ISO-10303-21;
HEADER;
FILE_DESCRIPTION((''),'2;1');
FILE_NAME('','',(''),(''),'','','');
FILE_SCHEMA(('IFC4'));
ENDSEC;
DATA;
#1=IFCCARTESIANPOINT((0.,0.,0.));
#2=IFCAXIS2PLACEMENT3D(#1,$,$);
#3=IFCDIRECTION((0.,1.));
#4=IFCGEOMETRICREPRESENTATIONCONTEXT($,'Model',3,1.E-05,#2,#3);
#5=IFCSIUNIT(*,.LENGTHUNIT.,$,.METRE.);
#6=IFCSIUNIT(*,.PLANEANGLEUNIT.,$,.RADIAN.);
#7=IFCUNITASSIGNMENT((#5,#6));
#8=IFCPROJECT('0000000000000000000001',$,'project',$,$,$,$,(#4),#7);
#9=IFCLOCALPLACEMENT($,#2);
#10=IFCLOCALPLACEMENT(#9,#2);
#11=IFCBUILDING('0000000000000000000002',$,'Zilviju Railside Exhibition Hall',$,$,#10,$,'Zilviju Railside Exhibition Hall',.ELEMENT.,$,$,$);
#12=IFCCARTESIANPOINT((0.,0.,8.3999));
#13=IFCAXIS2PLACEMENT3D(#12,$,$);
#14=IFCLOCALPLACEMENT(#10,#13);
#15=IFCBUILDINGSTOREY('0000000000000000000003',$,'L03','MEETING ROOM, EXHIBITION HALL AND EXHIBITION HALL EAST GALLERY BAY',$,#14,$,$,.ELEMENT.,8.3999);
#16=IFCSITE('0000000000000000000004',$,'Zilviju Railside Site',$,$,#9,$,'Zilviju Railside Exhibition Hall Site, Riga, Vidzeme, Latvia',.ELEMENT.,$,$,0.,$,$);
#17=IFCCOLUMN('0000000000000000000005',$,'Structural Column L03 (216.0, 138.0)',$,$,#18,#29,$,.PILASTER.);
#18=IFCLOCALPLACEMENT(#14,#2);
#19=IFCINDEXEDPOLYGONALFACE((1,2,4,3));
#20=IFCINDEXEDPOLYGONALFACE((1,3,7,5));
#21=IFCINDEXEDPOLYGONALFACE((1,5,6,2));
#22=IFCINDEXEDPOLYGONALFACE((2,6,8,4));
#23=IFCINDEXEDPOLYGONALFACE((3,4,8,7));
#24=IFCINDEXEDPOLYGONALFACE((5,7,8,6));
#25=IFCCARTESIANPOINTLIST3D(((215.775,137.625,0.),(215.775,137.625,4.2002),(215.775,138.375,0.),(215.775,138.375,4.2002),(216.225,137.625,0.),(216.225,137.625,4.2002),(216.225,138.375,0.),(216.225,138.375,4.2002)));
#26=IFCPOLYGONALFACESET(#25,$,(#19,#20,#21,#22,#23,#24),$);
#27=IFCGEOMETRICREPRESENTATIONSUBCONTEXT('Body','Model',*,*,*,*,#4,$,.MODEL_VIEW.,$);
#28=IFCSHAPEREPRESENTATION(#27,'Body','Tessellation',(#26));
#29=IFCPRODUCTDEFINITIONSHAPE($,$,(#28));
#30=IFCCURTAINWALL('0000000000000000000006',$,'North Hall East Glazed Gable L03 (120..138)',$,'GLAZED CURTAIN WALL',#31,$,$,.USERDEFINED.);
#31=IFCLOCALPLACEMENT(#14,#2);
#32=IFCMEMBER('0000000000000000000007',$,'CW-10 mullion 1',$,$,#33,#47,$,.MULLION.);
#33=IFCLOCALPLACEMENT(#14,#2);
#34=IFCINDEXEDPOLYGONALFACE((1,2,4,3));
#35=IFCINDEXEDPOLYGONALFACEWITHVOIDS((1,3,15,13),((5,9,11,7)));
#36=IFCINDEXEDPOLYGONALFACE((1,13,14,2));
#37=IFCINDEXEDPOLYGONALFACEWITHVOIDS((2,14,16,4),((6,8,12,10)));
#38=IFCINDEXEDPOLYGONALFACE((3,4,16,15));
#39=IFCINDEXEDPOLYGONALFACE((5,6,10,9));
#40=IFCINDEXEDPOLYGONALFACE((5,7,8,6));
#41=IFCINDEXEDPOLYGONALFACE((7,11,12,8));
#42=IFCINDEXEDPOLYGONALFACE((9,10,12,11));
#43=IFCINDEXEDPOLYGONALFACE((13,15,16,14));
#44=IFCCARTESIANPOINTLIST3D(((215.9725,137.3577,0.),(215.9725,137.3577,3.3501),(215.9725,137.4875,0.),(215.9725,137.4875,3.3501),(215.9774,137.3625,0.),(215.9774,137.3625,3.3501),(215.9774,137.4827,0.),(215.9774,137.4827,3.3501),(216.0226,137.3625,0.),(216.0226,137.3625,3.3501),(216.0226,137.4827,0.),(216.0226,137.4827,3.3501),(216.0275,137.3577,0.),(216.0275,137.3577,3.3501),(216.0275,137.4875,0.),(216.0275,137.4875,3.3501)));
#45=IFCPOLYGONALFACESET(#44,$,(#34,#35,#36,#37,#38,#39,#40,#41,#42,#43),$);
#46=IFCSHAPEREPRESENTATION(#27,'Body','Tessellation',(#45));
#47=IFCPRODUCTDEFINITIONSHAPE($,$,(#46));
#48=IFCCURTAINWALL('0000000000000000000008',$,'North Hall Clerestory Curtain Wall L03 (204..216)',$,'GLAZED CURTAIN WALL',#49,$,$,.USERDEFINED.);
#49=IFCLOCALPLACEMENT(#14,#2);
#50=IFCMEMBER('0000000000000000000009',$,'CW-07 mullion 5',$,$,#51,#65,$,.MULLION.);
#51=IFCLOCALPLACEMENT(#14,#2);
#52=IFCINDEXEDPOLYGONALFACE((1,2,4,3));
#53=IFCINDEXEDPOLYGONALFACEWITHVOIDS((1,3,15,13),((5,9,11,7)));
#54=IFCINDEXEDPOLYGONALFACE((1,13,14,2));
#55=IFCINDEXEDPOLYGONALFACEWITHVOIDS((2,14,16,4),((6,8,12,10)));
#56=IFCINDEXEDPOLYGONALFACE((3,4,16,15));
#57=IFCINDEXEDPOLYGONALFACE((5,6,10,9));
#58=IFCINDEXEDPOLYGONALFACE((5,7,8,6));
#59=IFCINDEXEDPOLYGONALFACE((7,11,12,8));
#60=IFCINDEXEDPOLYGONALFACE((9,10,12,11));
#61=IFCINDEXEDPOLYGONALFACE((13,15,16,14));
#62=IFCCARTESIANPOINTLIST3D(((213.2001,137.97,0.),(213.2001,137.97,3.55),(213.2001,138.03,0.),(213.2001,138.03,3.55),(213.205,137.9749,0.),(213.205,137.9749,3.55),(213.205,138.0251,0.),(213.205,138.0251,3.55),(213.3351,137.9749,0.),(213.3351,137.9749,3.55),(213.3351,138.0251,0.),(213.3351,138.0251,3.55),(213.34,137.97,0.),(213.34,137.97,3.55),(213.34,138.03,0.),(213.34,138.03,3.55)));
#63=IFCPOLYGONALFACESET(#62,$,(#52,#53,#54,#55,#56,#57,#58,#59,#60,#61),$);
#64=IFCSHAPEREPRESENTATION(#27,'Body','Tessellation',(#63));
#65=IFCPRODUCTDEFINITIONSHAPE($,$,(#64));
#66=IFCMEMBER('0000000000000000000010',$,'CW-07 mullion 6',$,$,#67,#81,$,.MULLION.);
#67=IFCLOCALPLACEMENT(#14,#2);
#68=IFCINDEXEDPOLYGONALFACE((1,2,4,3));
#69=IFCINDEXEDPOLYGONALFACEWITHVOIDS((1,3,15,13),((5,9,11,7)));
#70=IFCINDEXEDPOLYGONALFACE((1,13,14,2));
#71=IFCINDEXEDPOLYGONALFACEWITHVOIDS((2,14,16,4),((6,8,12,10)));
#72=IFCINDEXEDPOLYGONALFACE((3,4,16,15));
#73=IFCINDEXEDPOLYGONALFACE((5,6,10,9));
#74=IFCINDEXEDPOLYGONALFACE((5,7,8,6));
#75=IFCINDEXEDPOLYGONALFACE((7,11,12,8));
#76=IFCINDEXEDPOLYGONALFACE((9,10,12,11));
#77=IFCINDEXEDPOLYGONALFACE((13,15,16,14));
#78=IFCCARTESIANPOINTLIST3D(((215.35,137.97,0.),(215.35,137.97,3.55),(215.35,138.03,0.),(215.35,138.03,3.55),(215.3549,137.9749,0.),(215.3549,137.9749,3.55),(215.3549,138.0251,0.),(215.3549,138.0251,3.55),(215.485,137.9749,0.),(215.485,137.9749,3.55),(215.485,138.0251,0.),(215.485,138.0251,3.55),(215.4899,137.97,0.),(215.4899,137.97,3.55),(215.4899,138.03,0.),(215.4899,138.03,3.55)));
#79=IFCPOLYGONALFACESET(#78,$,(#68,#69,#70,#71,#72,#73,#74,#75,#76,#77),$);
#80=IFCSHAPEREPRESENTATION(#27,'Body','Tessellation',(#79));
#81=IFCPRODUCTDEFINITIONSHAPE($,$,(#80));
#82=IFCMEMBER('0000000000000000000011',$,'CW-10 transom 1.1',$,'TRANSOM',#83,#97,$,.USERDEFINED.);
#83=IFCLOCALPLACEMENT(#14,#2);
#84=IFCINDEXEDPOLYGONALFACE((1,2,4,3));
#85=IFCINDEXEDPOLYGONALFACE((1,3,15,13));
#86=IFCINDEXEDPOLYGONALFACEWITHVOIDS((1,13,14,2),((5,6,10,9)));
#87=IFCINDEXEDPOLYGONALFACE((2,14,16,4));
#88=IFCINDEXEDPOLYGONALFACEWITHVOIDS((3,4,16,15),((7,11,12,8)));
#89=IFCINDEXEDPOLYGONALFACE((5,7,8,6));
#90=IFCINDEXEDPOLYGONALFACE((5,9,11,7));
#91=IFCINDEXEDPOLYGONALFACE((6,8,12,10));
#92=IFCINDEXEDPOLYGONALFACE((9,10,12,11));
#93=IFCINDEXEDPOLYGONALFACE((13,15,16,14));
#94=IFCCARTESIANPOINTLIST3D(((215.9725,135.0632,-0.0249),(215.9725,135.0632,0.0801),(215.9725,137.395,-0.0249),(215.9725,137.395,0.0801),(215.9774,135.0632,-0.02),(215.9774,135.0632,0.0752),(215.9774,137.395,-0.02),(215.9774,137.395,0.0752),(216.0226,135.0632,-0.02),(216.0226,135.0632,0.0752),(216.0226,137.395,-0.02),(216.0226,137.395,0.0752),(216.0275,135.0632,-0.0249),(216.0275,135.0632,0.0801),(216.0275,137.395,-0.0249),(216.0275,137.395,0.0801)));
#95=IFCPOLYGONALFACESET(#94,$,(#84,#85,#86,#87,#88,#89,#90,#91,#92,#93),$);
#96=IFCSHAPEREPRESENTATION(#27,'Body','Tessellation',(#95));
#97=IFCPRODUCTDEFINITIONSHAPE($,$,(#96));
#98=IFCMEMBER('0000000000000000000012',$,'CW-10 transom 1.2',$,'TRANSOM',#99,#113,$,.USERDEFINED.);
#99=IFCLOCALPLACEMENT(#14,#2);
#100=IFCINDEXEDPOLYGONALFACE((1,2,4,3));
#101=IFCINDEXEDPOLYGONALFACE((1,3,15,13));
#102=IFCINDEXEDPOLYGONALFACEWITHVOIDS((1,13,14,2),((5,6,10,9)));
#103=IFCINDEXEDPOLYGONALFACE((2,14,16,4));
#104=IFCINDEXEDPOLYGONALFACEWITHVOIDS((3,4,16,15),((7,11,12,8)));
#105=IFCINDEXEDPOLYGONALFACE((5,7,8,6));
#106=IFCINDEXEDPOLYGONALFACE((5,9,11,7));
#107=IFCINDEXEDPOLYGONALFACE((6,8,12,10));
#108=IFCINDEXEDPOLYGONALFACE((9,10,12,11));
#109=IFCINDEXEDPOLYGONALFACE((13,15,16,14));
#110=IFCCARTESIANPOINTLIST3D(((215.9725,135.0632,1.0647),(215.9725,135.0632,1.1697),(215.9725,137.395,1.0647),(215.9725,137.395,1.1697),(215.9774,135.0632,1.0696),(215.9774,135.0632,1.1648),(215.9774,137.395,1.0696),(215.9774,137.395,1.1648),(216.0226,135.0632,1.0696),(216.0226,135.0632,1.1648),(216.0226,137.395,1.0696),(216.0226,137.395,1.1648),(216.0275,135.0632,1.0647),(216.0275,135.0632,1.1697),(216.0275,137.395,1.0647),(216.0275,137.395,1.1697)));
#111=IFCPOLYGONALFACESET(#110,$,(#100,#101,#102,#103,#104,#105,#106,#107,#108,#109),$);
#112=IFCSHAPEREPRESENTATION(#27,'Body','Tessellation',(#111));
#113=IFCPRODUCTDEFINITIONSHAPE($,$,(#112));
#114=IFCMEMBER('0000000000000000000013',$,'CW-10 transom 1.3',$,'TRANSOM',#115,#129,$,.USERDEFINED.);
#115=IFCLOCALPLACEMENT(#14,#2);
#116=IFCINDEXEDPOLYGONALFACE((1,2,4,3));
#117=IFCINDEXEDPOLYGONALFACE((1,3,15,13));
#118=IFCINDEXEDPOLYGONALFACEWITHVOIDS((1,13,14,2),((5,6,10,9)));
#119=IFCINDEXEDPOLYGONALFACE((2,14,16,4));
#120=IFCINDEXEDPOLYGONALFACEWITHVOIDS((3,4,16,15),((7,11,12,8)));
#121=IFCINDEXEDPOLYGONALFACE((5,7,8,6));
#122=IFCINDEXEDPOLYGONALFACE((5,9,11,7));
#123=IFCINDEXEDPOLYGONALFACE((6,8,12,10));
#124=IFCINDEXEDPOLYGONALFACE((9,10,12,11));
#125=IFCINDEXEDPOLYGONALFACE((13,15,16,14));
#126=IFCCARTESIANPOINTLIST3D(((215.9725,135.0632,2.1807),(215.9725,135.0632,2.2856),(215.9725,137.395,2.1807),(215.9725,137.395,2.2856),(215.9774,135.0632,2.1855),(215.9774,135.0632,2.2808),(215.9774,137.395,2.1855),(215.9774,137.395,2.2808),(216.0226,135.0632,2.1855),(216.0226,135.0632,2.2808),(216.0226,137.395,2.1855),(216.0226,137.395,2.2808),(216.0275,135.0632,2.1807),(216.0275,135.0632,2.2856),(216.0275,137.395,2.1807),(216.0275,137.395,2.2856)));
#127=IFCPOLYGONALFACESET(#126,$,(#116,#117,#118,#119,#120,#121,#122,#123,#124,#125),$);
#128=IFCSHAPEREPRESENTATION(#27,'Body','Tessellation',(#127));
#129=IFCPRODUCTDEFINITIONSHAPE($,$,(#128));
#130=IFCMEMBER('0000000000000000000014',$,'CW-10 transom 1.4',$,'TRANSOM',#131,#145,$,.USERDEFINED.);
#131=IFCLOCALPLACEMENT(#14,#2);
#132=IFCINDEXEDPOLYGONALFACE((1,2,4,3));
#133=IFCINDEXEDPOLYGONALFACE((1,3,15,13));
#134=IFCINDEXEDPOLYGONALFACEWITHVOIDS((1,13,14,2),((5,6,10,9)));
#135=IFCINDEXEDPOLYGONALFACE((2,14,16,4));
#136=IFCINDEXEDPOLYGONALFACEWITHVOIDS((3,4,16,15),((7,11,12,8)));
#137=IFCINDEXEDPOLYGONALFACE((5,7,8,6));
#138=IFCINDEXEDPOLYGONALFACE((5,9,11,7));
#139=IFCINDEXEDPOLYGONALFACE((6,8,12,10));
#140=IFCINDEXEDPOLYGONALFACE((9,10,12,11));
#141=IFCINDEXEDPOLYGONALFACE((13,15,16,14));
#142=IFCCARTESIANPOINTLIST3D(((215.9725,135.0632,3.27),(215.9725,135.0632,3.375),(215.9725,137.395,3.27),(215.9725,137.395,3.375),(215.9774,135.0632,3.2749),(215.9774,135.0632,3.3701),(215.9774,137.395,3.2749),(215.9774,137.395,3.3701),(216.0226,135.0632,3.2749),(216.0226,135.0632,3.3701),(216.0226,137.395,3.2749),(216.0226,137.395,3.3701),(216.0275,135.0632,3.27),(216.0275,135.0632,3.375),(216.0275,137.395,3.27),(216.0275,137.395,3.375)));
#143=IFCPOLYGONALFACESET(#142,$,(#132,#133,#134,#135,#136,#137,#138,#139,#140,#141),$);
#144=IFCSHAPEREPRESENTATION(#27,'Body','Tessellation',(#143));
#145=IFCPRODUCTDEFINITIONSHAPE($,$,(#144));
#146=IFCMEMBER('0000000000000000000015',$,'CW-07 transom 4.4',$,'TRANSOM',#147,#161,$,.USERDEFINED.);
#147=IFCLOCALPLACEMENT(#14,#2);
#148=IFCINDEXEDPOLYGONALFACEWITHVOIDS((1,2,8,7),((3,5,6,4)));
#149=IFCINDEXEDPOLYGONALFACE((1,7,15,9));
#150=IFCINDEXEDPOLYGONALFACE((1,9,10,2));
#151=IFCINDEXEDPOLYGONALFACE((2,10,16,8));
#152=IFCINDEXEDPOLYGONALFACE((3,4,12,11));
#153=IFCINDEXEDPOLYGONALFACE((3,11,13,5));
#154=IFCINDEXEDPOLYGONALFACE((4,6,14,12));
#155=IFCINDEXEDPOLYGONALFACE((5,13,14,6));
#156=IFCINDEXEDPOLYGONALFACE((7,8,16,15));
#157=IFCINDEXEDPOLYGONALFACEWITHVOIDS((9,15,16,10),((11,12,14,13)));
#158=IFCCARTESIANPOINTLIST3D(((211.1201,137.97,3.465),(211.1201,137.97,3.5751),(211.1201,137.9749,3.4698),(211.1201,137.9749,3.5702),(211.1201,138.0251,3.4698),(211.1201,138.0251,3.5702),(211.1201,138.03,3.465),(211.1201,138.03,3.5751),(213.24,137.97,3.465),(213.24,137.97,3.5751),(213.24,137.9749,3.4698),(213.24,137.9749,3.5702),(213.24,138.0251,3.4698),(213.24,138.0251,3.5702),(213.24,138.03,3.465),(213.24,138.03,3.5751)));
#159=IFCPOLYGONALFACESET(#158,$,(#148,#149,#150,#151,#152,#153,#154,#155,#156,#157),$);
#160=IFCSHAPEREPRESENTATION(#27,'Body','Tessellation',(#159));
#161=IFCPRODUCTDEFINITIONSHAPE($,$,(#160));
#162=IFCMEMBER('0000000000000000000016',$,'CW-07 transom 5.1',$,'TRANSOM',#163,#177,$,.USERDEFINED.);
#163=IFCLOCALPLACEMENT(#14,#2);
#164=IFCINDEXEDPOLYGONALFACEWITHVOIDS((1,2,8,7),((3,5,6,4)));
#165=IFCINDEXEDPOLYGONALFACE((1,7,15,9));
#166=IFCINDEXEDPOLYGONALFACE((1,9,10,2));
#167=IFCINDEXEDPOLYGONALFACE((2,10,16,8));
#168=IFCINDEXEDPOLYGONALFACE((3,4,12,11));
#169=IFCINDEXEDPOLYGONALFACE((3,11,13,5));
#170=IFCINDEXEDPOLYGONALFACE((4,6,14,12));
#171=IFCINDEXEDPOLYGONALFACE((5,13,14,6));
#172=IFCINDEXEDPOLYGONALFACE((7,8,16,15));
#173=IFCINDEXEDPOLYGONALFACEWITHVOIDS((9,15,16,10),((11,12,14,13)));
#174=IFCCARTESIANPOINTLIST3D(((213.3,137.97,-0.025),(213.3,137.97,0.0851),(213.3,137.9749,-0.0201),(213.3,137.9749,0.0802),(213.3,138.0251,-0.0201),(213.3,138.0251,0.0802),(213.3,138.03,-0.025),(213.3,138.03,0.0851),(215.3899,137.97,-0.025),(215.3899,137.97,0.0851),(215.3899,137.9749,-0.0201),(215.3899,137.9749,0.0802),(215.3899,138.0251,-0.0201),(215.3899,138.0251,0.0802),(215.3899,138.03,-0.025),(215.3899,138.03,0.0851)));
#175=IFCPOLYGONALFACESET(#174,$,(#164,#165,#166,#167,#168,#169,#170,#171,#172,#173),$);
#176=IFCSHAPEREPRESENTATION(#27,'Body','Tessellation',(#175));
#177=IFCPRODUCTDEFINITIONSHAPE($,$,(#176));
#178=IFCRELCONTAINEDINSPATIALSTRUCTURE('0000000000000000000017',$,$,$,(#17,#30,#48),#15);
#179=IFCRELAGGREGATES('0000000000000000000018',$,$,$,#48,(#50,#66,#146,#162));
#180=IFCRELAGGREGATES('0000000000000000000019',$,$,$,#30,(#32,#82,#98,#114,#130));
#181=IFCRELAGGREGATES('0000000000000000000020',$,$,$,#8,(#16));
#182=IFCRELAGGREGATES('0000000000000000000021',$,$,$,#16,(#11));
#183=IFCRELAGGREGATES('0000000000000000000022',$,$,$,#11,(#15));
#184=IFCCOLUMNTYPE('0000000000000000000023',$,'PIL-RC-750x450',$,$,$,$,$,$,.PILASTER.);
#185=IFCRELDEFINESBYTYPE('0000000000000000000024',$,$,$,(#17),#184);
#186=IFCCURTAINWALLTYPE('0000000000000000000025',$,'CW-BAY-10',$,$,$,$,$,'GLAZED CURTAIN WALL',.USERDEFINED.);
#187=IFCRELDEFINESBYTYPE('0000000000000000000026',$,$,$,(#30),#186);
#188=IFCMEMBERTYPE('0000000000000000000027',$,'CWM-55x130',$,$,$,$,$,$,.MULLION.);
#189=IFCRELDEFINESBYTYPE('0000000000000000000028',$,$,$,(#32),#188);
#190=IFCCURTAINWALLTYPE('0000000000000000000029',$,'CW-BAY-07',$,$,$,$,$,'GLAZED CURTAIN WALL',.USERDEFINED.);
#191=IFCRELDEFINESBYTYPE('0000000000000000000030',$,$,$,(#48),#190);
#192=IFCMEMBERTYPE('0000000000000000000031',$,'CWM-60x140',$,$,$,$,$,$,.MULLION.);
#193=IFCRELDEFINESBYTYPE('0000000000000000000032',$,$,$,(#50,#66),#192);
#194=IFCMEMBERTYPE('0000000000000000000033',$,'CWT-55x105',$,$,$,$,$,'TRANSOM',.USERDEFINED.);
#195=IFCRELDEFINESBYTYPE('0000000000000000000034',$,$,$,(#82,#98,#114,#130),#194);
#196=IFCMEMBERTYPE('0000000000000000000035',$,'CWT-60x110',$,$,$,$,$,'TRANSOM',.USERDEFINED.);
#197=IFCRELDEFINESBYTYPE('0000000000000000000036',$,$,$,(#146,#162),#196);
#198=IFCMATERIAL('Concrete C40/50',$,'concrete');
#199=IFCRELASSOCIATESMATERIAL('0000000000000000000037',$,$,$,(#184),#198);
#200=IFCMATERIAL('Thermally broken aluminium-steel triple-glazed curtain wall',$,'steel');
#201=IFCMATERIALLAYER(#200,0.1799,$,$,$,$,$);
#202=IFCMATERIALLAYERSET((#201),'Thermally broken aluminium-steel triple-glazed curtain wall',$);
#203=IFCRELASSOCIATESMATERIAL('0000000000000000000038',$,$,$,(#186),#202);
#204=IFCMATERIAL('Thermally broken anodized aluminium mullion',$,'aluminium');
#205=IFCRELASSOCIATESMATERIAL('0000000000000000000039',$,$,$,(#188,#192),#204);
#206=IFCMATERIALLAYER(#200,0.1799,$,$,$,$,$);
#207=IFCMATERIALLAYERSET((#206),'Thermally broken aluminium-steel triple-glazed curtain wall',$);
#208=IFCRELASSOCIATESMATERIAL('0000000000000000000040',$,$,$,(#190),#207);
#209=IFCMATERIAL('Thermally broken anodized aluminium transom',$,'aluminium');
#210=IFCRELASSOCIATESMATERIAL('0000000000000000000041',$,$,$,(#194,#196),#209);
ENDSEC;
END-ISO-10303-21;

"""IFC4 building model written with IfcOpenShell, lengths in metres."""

from ifc_helpers import new_model, si_unit, direction, frame, origin, origin_2d, place, context, subcontext, project, spatial, rectangle, hollow_rectangle, extrude, material, layer, layer_set, material_profile, profile_set, type_object, element, aggregate, save


model = new_model("IFC4")

# Units and contexts
model_context = context("Model", 3, precision=1e-05, world=origin(), true_north=direction((0.0, 1.0)))
body_context = subcontext(model_context, "Body", "Model", "MODEL_VIEW")
ifc_project = project(units=[si_unit("LENGTHUNIT", "METRE"), si_unit("PLANEANGLEUNIT", "RADIAN")], contexts=[model_context])

# Site, building, storey
site_placement = place(None, origin())
site = spatial("IfcSite", under=ifc_project, at=site_placement, Name="Zilviju Railside Site", LongName="Zilviju Railside Exhibition Hall Site, Riga, Vidzeme, Latvia", CompositionType="ELEMENT", RefElevation=0.0)
building_placement = place(site_placement, origin())
building = spatial("IfcBuilding", under=site, at=building_placement, Name="Zilviju Railside Exhibition Hall", LongName="Zilviju Railside Exhibition Hall", CompositionType="ELEMENT")
storey_placement = place(building_placement, frame((0.0, 0.0, 8.3999)))
storey = spatial("IfcBuildingStorey", under=building, at=storey_placement, Name="L03", Description="MEETING ROOM, EXHIBITION HALL AND EXHIBITION HALL EAST GALLERY BAY", CompositionType="ELEMENT", Elevation=8.3999)

# Column
ifc_material_1 = material(Name="Concrete C40/50", Category="concrete")
ifc_material_profile_1 = material_profile(ifc_material_1, rectangle(XDim=0.45, YDim=0.75, at=origin_2d()), Name="RC COL 450x750")
ifc_profile_set_1 = profile_set([ifc_material_profile_1], Name="Concrete C40/50")
column_type = type_object("IfcColumnType", Name="PIL-RC-750x450", PredefinedType="PILASTER", material=ifc_profile_set_1)
column_placement = place(storey_placement, frame((216.0, 138.0, 0.0), z_axis=(0.0, 0.0, 1.0), x_axis=(1.0, 0.0, 0.0)))
element("IfcColumn", 1, at=column_placement, inside=storey, type_object=column_type, Name="Structural Column L03 (216.0, 138.0)", PredefinedType="PILASTER", context=body_context, shape_type="SweptSolid", body=[
    extrude(rectangle(XDim=0.45, YDim=0.75, at=origin_2d()), origin(), (0.0, 0.0, 1.0), 4.2002),
])

# Curtain wall, member
ifc_material_2 = material(Name="Thermally broken aluminium-steel triple-glazed curtain wall", Category="steel")
ifc_layer_1 = layer(ifc_material_2, 0.1799)
ifc_layer_set_1 = layer_set([ifc_layer_1], Name="Thermally broken aluminium-steel triple-glazed curtain wall")
curtain_wall_type_1 = type_object("IfcCurtainWallType", Name="CW-BAY-10", ElementType="GLAZED CURTAIN WALL", PredefinedType="USERDEFINED", material=ifc_layer_set_1)
curtain_wall_1_placement = place(storey_placement, origin())
curtain_wall_1 = element("IfcCurtainWall", 2, at=curtain_wall_1_placement, inside=storey, type_object=curtain_wall_type_1, Name="North Hall East Glazed Gable L03 (120..138)", ObjectType="GLAZED CURTAIN WALL", PredefinedType="USERDEFINED")
ifc_material_3 = material(Name="Thermally broken anodized aluminium mullion", Category="aluminium")
ifc_material_profile_2 = material_profile(ifc_material_3, hollow_rectangle(XDim=0.0549, YDim=0.1299, WallThickness=0.0049, at=origin_2d()), Name="MULLION 130x55x5")
ifc_profile_set_2 = profile_set([ifc_material_profile_2], Name="Thermally broken anodized aluminium mullion")
member_type_1 = type_object("IfcMemberType", Name="CWM-55x130", PredefinedType="MULLION", material=ifc_profile_set_2)
member_1_placement = place(storey_placement, frame((216.0, 137.4226, 0.0), z_axis=(0.0, 0.0, 1.0), x_axis=(1.0, 0.0, 0.0)))
member_1 = element("IfcMember", 3, at=member_1_placement, type_object=member_type_1, Name="CW-10 mullion 1", PredefinedType="MULLION", context=body_context, shape_type="SweptSolid", body=[
    extrude(hollow_rectangle(XDim=0.0549, YDim=0.1299, WallThickness=0.0049, at=origin_2d()), origin(), (0.0, 0.0, 1.0), 3.3501),
])

# Curtain wall, members
ifc_layer_2 = layer(ifc_material_2, 0.1799)
ifc_layer_set_2 = layer_set([ifc_layer_2], Name="Thermally broken aluminium-steel triple-glazed curtain wall")
curtain_wall_type_2 = type_object("IfcCurtainWallType", Name="CW-BAY-07", ElementType="GLAZED CURTAIN WALL", PredefinedType="USERDEFINED", material=ifc_layer_set_2)
curtain_wall_2_placement = place(storey_placement, origin())
curtain_wall_2 = element("IfcCurtainWall", 4, at=curtain_wall_2_placement, inside=storey, type_object=curtain_wall_type_2, Name="North Hall Clerestory Curtain Wall L03 (204..216)", ObjectType="GLAZED CURTAIN WALL", PredefinedType="USERDEFINED")
ifc_material_profile_3 = material_profile(ifc_material_3, hollow_rectangle(XDim=0.0601, YDim=0.1399, WallThickness=0.0049, at=origin_2d()), Name="MULLION 140x60x5")
ifc_profile_set_3 = profile_set([ifc_material_profile_3], Name="Thermally broken anodized aluminium mullion")
member_type_2 = type_object("IfcMemberType", Name="CWM-60x140", PredefinedType="MULLION", material=ifc_profile_set_3)
member_2_placement = place(storey_placement, frame((213.27, 138.0, 0.0), z_axis=(0.0, 0.0, 1.0), x_axis=(0.0, 1.0, 0.0)))
member_2 = element("IfcMember", 5, at=member_2_placement, type_object=member_type_2, Name="CW-07 mullion 5", PredefinedType="MULLION", context=body_context, shape_type="SweptSolid", body=[
    extrude(hollow_rectangle(XDim=0.0601, YDim=0.1399, WallThickness=0.0049, at=origin_2d()), origin(), (0.0, 0.0, 1.0), 3.55),
])
member_3_placement = place(storey_placement, frame((215.4199, 138.0, 0.0), z_axis=(0.0, 0.0, 1.0), x_axis=(0.0, 1.0, 0.0)))
member_3 = element("IfcMember", 6, at=member_3_placement, type_object=member_type_2, Name="CW-07 mullion 6", PredefinedType="MULLION", context=body_context, shape_type="SweptSolid", body=[
    extrude(hollow_rectangle(XDim=0.0601, YDim=0.1399, WallThickness=0.0049, at=origin_2d()), origin(), (0.0, 0.0, 1.0), 3.55),
])

# Members
ifc_material_4 = material(Name="Thermally broken anodized aluminium transom", Category="aluminium")
ifc_material_profile_4 = material_profile(ifc_material_4, hollow_rectangle(XDim=0.0549, YDim=0.105, WallThickness=0.0049, at=origin_2d()), Name="TRANSOM 105x55x5")
ifc_profile_set_4 = profile_set([ifc_material_profile_4], Name="Thermally broken anodized aluminium transom")
member_type_3 = type_object("IfcMemberType", Name="CWT-55x105", ElementType="TRANSOM", PredefinedType="USERDEFINED", material=ifc_profile_set_4)
member_4_placement = place(storey_placement, frame((216.0, 137.395, 0.0276), z_axis=(0.0, -1.0, 0.0), x_axis=(1.0, 0.0, 0.0)))
member_4 = element("IfcMember", 7, at=member_4_placement, type_object=member_type_3, Name="CW-10 transom 1.1", ObjectType="TRANSOM", PredefinedType="USERDEFINED", context=body_context, shape_type="SweptSolid", body=[
    extrude(hollow_rectangle(XDim=0.0549, YDim=0.105, WallThickness=0.0049, at=origin_2d()), origin(), (0.0, 0.0, 1.0), 2.3318),
])
member_5_placement = place(storey_placement, frame((216.0, 137.395, 1.1172), z_axis=(0.0, -1.0, 0.0), x_axis=(1.0, 0.0, 0.0)))
member_5 = element("IfcMember", 8, at=member_5_placement, type_object=member_type_3, Name="CW-10 transom 1.2", ObjectType="TRANSOM", PredefinedType="USERDEFINED", context=body_context, shape_type="SweptSolid", body=[
    extrude(hollow_rectangle(XDim=0.0549, YDim=0.105, WallThickness=0.0049, at=origin_2d()), origin(), (0.0, 0.0, 1.0), 2.3318),
])
member_6_placement = place(storey_placement, frame((216.0, 137.395, 2.2332), z_axis=(0.0, -1.0, 0.0), x_axis=(1.0, 0.0, 0.0)))
member_6 = element("IfcMember", 9, at=member_6_placement, type_object=member_type_3, Name="CW-10 transom 1.3", ObjectType="TRANSOM", PredefinedType="USERDEFINED", context=body_context, shape_type="SweptSolid", body=[
    extrude(hollow_rectangle(XDim=0.0549, YDim=0.105, WallThickness=0.0049, at=origin_2d()), origin(), (0.0, 0.0, 1.0), 2.3318),
])
member_7_placement = place(storey_placement, frame((216.0, 137.395, 3.3225), z_axis=(0.0, -1.0, 0.0), x_axis=(1.0, 0.0, 0.0)))
member_7 = element("IfcMember", 10, at=member_7_placement, type_object=member_type_3, Name="CW-10 transom 1.4", ObjectType="TRANSOM", PredefinedType="USERDEFINED", context=body_context, shape_type="SweptSolid", body=[
    extrude(hollow_rectangle(XDim=0.0549, YDim=0.105, WallThickness=0.0049, at=origin_2d()), origin(), (0.0, 0.0, 1.0), 2.3318),
])
ifc_material_profile_5 = material_profile(ifc_material_4, hollow_rectangle(XDim=0.0601, YDim=0.1101, WallThickness=0.0049, at=origin_2d()), Name="TRANSOM 110x60x5")
ifc_profile_set_5 = profile_set([ifc_material_profile_5], Name="Thermally broken anodized aluminium transom")
member_type_4 = type_object("IfcMemberType", Name="CWT-60x110", ElementType="TRANSOM", PredefinedType="USERDEFINED", material=ifc_profile_set_5)
member_8_placement = place(storey_placement, frame((211.1201, 138.0, 3.52), z_axis=(1.0, 0.0, 0.0), x_axis=(0.0, 1.0, 0.0)))
member_8 = element("IfcMember", 11, at=member_8_placement, type_object=member_type_4, Name="CW-07 transom 4.4", ObjectType="TRANSOM", PredefinedType="USERDEFINED", context=body_context, shape_type="SweptSolid", body=[
    extrude(hollow_rectangle(XDim=0.0601, YDim=0.1101, WallThickness=0.0049, at=origin_2d()), origin(), (0.0, 0.0, 1.0), 2.1199),
])
member_9_placement = place(storey_placement, frame((213.3, 138.0, 0.03), z_axis=(1.0, 0.0, 0.0), x_axis=(0.0, 1.0, 0.0)))
member_9 = element("IfcMember", 12, at=member_9_placement, type_object=member_type_4, Name="CW-07 transom 5.1", ObjectType="TRANSOM", PredefinedType="USERDEFINED", context=body_context, shape_type="SweptSolid", body=[
    extrude(hollow_rectangle(XDim=0.0601, YDim=0.1101, WallThickness=0.0049, at=origin_2d()), origin(), (0.0, 0.0, 1.0), 2.0898),
])

aggregate(curtain_wall_2, [member_2, member_3, member_8, member_9])
aggregate(curtain_wall_1, [member_1, member_4, member_5, member_6, member_7])

save(model, "model.ifc")
